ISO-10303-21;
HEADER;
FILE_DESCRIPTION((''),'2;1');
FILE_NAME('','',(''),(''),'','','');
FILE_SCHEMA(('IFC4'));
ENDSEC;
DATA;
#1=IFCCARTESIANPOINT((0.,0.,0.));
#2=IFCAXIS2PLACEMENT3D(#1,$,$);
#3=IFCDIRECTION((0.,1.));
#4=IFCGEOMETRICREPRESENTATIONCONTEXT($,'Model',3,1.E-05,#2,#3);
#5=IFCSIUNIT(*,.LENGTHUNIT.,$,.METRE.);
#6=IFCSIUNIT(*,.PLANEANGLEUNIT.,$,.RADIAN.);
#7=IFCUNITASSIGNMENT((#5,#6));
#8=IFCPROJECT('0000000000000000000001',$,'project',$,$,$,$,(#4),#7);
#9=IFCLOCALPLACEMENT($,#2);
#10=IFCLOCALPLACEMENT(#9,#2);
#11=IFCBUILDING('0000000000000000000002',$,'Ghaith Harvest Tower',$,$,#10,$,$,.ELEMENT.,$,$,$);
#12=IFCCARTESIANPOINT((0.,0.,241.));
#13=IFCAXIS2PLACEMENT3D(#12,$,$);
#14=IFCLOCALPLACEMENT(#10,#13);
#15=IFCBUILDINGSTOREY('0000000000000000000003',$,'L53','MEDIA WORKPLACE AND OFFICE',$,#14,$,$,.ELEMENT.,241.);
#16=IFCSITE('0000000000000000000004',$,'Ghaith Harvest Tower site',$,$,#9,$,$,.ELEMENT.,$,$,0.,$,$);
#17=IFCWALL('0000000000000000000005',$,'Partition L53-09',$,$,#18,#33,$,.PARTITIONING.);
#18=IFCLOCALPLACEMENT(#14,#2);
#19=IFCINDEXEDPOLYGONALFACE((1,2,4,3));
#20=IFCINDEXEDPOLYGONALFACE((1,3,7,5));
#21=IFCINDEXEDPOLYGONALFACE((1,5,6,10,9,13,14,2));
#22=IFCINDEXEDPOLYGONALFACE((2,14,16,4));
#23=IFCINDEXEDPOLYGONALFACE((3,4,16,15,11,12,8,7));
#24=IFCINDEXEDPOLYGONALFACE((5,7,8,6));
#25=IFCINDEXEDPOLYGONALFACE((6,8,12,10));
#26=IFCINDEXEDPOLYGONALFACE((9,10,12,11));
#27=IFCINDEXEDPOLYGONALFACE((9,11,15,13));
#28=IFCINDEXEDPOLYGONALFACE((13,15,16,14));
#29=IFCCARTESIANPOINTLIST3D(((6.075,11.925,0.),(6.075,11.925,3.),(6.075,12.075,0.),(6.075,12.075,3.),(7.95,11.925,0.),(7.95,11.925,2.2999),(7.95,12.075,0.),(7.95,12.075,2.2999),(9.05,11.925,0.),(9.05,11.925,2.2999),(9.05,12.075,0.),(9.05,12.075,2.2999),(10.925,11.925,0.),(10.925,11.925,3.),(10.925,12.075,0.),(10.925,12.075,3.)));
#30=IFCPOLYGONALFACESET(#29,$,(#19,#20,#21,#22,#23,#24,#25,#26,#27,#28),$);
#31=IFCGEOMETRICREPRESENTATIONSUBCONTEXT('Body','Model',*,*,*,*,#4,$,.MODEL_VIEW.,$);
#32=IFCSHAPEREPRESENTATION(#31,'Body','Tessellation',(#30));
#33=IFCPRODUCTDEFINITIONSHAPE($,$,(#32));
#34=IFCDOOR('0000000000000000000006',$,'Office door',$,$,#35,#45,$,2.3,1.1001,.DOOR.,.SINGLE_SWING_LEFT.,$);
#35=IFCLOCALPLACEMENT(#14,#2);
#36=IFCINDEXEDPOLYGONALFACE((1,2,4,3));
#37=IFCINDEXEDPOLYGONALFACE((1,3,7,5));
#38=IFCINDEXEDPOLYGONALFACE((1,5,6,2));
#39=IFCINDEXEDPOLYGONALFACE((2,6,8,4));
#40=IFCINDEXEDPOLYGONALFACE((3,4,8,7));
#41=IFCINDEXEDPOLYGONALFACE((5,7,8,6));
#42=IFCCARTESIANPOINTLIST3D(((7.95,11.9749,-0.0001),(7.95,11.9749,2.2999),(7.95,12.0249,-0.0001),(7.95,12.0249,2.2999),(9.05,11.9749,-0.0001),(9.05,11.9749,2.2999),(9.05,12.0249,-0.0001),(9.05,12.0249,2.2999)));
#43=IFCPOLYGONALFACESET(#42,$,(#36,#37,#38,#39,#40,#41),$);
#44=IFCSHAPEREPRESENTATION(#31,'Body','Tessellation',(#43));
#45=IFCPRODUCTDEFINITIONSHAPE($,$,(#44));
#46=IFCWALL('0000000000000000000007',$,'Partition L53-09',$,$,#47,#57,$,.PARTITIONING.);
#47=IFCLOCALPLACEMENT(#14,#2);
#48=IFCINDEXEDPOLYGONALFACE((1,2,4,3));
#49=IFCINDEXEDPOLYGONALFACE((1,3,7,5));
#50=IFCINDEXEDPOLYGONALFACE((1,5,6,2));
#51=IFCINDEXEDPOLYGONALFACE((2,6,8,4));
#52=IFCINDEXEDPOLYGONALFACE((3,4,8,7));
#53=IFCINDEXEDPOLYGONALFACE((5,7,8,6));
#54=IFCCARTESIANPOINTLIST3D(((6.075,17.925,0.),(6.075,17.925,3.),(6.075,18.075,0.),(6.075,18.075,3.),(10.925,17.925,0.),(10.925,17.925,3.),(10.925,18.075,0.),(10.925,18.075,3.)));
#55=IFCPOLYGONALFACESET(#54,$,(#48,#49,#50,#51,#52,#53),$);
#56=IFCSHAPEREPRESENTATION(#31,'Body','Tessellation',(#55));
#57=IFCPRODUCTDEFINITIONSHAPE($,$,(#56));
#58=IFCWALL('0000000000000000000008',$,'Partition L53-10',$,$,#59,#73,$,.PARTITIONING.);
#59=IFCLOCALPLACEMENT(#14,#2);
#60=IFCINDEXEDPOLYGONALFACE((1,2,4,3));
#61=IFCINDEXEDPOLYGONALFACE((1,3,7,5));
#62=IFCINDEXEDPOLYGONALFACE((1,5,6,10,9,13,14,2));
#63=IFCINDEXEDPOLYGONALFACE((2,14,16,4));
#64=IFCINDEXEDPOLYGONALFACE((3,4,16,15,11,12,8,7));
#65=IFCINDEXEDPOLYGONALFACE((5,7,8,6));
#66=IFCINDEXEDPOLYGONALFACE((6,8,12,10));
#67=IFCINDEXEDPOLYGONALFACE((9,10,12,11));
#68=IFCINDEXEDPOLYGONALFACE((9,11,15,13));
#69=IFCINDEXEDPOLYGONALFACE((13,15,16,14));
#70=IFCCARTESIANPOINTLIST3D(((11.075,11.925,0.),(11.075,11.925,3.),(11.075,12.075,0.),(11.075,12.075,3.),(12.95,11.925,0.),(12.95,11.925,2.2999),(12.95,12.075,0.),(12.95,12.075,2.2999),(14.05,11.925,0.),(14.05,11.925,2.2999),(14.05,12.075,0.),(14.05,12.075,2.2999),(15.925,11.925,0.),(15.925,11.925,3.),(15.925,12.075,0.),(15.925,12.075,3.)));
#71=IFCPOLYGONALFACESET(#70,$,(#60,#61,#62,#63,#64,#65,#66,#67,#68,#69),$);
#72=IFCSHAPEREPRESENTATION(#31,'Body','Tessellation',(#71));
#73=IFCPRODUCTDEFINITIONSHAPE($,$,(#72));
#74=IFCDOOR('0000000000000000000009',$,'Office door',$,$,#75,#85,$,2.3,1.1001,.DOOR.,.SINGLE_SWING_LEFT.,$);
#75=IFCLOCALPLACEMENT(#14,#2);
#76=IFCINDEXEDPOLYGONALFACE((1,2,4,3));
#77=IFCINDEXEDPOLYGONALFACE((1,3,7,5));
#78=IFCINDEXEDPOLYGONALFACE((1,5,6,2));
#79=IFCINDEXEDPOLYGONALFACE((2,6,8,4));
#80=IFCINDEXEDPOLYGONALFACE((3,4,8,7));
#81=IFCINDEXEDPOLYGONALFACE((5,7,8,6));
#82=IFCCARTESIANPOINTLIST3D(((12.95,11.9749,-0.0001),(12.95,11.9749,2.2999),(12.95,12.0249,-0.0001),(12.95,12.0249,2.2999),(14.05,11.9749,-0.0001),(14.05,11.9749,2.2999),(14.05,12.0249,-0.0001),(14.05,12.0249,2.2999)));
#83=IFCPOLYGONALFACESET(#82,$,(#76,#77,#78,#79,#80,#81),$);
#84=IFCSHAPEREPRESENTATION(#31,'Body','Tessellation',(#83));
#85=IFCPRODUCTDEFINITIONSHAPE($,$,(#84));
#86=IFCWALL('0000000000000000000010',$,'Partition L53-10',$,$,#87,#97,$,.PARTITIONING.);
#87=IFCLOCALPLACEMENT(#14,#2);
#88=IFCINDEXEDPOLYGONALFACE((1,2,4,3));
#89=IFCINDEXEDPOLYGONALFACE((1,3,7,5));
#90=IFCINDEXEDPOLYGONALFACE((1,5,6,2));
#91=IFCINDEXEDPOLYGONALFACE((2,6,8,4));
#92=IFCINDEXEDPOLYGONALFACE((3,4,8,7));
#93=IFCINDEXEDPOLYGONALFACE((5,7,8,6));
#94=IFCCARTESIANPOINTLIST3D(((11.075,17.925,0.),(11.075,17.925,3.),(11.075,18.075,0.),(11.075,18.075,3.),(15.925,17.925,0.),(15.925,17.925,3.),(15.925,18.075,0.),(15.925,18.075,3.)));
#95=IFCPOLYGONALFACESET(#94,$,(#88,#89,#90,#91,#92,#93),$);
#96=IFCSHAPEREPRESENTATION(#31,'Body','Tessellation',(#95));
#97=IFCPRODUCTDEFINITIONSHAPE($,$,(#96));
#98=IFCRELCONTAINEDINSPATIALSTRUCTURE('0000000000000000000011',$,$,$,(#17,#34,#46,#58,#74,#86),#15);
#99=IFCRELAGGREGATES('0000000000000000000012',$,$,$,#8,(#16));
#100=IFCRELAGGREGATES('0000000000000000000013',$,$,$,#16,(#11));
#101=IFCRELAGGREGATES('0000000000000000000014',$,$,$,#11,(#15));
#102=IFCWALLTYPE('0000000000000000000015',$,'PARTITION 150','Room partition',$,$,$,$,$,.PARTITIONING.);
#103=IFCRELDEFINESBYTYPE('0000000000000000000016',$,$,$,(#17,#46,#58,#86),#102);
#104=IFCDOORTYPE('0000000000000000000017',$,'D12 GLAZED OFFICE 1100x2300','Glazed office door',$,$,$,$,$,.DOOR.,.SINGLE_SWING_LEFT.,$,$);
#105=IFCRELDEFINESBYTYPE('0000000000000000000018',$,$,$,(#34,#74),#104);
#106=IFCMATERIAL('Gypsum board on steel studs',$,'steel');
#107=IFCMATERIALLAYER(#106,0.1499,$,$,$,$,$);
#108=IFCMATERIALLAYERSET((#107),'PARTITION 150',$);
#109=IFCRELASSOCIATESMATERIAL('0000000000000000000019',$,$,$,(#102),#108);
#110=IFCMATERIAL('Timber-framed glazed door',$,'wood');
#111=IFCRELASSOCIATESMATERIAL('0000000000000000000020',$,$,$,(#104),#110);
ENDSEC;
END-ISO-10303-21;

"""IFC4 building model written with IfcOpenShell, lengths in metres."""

from ifc_helpers import new_model, si_unit, direction, frame, frame_2d, origin, place, context, subcontext, project, spatial, rectangle, extrude, material, layer, layer_set, type_object, element, fill, save


model = new_model("IFC4")

# Units and contexts
model_context = context("Model", 3, precision=1e-05, world=origin(), true_north=direction((0.0, 1.0)))
body_context = subcontext(model_context, "Body", "Model", "MODEL_VIEW")
ifc_project = project(units=[si_unit("LENGTHUNIT", "METRE"), si_unit("PLANEANGLEUNIT", "RADIAN")], contexts=[model_context])

# Site, building, storey
site_placement = place(None, origin())
site = spatial("IfcSite", under=ifc_project, at=site_placement, Name="Ghaith Harvest Tower site", CompositionType="ELEMENT", RefElevation=0.0)
building_placement = place(site_placement, origin())
building = spatial("IfcBuilding", under=site, at=building_placement, Name="Ghaith Harvest Tower", CompositionType="ELEMENT")
storey_placement = place(building_placement, frame((0.0, 0.0, 241.0)))
storey = spatial("IfcBuildingStorey", under=building, at=storey_placement, Name="L53", Description="MEDIA WORKPLACE AND OFFICE", CompositionType="ELEMENT", Elevation=241.0)

# Shared definitions
ifc_material_1 = material(Name="Gypsum board on steel studs", Category="steel")
ifc_layer_1 = layer(ifc_material_1, 0.1499)
ifc_layer_set_1 = layer_set([ifc_layer_1], Name="PARTITION 150")
wall_type = type_object("IfcWallType", Name="PARTITION 150", Description="Room partition", PredefinedType="PARTITIONING", material=ifc_layer_set_1)

# Shared definitions
ifc_material_2 = material(Name="Timber-framed glazed door", Category="wood")
door_type = type_object("IfcDoorType", Name="D12 GLAZED OFFICE 1100x2300", Description="Glazed office door", OperationType="SINGLE_SWING_LEFT", PredefinedType="DOOR", material=ifc_material_2)

# Wall, opening, door
wall_1_placement = place(storey_placement, frame((6.075, 12.0, 0.0), z_axis=(0.0, 0.0, 1.0), x_axis=(1.0, 0.0, 0.0)))
wall_1 = element("IfcWall", 1, at=wall_1_placement, inside=storey, type_object=wall_type, Name="Partition L53-09", PredefinedType="PARTITIONING", context=body_context, shape_type="SweptSolid", body=[
    extrude(rectangle(XDim=4.8501, YDim=0.1499, at=frame_2d((2.425, 0.0))), origin(), (0.0, 0.0, 1.0), 3.0),
])
opening_1_placement = place(wall_1_placement, frame((1.875, 0.0, 0.0)))
opening_1 = element("IfcOpeningElement", 2, at=opening_1_placement, cuts=wall_1, PredefinedType="OPENING", context=body_context, shape_type="SweptSolid", body=[
    extrude(rectangle(XDim=1.1001, YDim=2.3, at=frame_2d((0.55, 1.1499))), frame((0.0, 0.085, 0.0), z_axis=(0.0, -1.0, 0.0), x_axis=(1.0, 0.0, 0.0)), (0.0, 0.0, 1.0), 0.1699),
])
door_1_placement = place(opening_1_placement, origin())
door_1 = element("IfcDoor", 3, at=door_1_placement, inside=storey, type_object=door_type, Name="Office door", OperationType="SINGLE_SWING_LEFT", OverallHeight=2.3, OverallWidth=1.1001, PredefinedType="DOOR", context=body_context, shape_type="SweptSolid", body=[
    extrude(rectangle(XDim=1.1001, YDim=2.3, at=frame_2d((0.55, 1.1499))), frame((0.0, 0.0249, 0.0), z_axis=(0.0, -1.0, 0.0), x_axis=(1.0, 0.0, 0.0)), (0.0, 0.0, 1.0), 0.05),
])
fill(opening_1, door_1)

# Wall
wall_2_placement = place(storey_placement, frame((6.075, 18.0, 0.0), z_axis=(0.0, 0.0, 1.0), x_axis=(1.0, 0.0, 0.0)))
element("IfcWall", 4, at=wall_2_placement, inside=storey, type_object=wall_type, Name="Partition L53-09", PredefinedType="PARTITIONING", context=body_context, shape_type="SweptSolid", body=[
    extrude(rectangle(XDim=4.8501, YDim=0.1499, at=frame_2d((2.425, 0.0))), origin(), (0.0, 0.0, 1.0), 3.0),
])

# Wall, opening, door
wall_3_placement = place(storey_placement, frame((11.075, 12.0, 0.0), z_axis=(0.0, 0.0, 1.0), x_axis=(1.0, 0.0, 0.0)))
wall_3 = element("IfcWall", 5, at=wall_3_placement, inside=storey, type_object=wall_type, Name="Partition L53-10", PredefinedType="PARTITIONING", context=body_context, shape_type="SweptSolid", body=[
    extrude(rectangle(XDim=4.8501, YDim=0.1499, at=frame_2d((2.425, 0.0))), origin(), (0.0, 0.0, 1.0), 3.0),
])
opening_2_placement = place(wall_3_placement, frame((1.875, 0.0, 0.0)))
opening_2 = element("IfcOpeningElement", 6, at=opening_2_placement, cuts=wall_3, PredefinedType="OPENING", context=body_context, shape_type="SweptSolid", body=[
    extrude(rectangle(XDim=1.1001, YDim=2.3, at=frame_2d((0.55, 1.1499))), frame((0.0, 0.085, 0.0), z_axis=(0.0, -1.0, 0.0), x_axis=(1.0, 0.0, 0.0)), (0.0, 0.0, 1.0), 0.1699),
])
door_2_placement = place(opening_2_placement, origin())
door_2 = element("IfcDoor", 7, at=door_2_placement, inside=storey, type_object=door_type, Name="Office door", OperationType="SINGLE_SWING_LEFT", OverallHeight=2.3, OverallWidth=1.1001, PredefinedType="DOOR", context=body_context, shape_type="SweptSolid", body=[
    extrude(rectangle(XDim=1.1001, YDim=2.3, at=frame_2d((0.55, 1.1499))), frame((0.0, 0.0249, 0.0), z_axis=(0.0, -1.0, 0.0), x_axis=(1.0, 0.0, 0.0)), (0.0, 0.0, 1.0), 0.05),
])
fill(opening_2, door_2)

# Wall
wall_4_placement = place(storey_placement, frame((11.075, 18.0, 0.0), z_axis=(0.0, 0.0, 1.0), x_axis=(1.0, 0.0, 0.0)))
element("IfcWall", 8, at=wall_4_placement, inside=storey, type_object=wall_type, Name="Partition L53-10", PredefinedType="PARTITIONING", context=body_context, shape_type="SweptSolid", body=[
    extrude(rectangle(XDim=4.8501, YDim=0.1499, at=frame_2d((2.425, 0.0))), origin(), (0.0, 0.0, 1.0), 3.0),
])

save(model, "model.ifc")
